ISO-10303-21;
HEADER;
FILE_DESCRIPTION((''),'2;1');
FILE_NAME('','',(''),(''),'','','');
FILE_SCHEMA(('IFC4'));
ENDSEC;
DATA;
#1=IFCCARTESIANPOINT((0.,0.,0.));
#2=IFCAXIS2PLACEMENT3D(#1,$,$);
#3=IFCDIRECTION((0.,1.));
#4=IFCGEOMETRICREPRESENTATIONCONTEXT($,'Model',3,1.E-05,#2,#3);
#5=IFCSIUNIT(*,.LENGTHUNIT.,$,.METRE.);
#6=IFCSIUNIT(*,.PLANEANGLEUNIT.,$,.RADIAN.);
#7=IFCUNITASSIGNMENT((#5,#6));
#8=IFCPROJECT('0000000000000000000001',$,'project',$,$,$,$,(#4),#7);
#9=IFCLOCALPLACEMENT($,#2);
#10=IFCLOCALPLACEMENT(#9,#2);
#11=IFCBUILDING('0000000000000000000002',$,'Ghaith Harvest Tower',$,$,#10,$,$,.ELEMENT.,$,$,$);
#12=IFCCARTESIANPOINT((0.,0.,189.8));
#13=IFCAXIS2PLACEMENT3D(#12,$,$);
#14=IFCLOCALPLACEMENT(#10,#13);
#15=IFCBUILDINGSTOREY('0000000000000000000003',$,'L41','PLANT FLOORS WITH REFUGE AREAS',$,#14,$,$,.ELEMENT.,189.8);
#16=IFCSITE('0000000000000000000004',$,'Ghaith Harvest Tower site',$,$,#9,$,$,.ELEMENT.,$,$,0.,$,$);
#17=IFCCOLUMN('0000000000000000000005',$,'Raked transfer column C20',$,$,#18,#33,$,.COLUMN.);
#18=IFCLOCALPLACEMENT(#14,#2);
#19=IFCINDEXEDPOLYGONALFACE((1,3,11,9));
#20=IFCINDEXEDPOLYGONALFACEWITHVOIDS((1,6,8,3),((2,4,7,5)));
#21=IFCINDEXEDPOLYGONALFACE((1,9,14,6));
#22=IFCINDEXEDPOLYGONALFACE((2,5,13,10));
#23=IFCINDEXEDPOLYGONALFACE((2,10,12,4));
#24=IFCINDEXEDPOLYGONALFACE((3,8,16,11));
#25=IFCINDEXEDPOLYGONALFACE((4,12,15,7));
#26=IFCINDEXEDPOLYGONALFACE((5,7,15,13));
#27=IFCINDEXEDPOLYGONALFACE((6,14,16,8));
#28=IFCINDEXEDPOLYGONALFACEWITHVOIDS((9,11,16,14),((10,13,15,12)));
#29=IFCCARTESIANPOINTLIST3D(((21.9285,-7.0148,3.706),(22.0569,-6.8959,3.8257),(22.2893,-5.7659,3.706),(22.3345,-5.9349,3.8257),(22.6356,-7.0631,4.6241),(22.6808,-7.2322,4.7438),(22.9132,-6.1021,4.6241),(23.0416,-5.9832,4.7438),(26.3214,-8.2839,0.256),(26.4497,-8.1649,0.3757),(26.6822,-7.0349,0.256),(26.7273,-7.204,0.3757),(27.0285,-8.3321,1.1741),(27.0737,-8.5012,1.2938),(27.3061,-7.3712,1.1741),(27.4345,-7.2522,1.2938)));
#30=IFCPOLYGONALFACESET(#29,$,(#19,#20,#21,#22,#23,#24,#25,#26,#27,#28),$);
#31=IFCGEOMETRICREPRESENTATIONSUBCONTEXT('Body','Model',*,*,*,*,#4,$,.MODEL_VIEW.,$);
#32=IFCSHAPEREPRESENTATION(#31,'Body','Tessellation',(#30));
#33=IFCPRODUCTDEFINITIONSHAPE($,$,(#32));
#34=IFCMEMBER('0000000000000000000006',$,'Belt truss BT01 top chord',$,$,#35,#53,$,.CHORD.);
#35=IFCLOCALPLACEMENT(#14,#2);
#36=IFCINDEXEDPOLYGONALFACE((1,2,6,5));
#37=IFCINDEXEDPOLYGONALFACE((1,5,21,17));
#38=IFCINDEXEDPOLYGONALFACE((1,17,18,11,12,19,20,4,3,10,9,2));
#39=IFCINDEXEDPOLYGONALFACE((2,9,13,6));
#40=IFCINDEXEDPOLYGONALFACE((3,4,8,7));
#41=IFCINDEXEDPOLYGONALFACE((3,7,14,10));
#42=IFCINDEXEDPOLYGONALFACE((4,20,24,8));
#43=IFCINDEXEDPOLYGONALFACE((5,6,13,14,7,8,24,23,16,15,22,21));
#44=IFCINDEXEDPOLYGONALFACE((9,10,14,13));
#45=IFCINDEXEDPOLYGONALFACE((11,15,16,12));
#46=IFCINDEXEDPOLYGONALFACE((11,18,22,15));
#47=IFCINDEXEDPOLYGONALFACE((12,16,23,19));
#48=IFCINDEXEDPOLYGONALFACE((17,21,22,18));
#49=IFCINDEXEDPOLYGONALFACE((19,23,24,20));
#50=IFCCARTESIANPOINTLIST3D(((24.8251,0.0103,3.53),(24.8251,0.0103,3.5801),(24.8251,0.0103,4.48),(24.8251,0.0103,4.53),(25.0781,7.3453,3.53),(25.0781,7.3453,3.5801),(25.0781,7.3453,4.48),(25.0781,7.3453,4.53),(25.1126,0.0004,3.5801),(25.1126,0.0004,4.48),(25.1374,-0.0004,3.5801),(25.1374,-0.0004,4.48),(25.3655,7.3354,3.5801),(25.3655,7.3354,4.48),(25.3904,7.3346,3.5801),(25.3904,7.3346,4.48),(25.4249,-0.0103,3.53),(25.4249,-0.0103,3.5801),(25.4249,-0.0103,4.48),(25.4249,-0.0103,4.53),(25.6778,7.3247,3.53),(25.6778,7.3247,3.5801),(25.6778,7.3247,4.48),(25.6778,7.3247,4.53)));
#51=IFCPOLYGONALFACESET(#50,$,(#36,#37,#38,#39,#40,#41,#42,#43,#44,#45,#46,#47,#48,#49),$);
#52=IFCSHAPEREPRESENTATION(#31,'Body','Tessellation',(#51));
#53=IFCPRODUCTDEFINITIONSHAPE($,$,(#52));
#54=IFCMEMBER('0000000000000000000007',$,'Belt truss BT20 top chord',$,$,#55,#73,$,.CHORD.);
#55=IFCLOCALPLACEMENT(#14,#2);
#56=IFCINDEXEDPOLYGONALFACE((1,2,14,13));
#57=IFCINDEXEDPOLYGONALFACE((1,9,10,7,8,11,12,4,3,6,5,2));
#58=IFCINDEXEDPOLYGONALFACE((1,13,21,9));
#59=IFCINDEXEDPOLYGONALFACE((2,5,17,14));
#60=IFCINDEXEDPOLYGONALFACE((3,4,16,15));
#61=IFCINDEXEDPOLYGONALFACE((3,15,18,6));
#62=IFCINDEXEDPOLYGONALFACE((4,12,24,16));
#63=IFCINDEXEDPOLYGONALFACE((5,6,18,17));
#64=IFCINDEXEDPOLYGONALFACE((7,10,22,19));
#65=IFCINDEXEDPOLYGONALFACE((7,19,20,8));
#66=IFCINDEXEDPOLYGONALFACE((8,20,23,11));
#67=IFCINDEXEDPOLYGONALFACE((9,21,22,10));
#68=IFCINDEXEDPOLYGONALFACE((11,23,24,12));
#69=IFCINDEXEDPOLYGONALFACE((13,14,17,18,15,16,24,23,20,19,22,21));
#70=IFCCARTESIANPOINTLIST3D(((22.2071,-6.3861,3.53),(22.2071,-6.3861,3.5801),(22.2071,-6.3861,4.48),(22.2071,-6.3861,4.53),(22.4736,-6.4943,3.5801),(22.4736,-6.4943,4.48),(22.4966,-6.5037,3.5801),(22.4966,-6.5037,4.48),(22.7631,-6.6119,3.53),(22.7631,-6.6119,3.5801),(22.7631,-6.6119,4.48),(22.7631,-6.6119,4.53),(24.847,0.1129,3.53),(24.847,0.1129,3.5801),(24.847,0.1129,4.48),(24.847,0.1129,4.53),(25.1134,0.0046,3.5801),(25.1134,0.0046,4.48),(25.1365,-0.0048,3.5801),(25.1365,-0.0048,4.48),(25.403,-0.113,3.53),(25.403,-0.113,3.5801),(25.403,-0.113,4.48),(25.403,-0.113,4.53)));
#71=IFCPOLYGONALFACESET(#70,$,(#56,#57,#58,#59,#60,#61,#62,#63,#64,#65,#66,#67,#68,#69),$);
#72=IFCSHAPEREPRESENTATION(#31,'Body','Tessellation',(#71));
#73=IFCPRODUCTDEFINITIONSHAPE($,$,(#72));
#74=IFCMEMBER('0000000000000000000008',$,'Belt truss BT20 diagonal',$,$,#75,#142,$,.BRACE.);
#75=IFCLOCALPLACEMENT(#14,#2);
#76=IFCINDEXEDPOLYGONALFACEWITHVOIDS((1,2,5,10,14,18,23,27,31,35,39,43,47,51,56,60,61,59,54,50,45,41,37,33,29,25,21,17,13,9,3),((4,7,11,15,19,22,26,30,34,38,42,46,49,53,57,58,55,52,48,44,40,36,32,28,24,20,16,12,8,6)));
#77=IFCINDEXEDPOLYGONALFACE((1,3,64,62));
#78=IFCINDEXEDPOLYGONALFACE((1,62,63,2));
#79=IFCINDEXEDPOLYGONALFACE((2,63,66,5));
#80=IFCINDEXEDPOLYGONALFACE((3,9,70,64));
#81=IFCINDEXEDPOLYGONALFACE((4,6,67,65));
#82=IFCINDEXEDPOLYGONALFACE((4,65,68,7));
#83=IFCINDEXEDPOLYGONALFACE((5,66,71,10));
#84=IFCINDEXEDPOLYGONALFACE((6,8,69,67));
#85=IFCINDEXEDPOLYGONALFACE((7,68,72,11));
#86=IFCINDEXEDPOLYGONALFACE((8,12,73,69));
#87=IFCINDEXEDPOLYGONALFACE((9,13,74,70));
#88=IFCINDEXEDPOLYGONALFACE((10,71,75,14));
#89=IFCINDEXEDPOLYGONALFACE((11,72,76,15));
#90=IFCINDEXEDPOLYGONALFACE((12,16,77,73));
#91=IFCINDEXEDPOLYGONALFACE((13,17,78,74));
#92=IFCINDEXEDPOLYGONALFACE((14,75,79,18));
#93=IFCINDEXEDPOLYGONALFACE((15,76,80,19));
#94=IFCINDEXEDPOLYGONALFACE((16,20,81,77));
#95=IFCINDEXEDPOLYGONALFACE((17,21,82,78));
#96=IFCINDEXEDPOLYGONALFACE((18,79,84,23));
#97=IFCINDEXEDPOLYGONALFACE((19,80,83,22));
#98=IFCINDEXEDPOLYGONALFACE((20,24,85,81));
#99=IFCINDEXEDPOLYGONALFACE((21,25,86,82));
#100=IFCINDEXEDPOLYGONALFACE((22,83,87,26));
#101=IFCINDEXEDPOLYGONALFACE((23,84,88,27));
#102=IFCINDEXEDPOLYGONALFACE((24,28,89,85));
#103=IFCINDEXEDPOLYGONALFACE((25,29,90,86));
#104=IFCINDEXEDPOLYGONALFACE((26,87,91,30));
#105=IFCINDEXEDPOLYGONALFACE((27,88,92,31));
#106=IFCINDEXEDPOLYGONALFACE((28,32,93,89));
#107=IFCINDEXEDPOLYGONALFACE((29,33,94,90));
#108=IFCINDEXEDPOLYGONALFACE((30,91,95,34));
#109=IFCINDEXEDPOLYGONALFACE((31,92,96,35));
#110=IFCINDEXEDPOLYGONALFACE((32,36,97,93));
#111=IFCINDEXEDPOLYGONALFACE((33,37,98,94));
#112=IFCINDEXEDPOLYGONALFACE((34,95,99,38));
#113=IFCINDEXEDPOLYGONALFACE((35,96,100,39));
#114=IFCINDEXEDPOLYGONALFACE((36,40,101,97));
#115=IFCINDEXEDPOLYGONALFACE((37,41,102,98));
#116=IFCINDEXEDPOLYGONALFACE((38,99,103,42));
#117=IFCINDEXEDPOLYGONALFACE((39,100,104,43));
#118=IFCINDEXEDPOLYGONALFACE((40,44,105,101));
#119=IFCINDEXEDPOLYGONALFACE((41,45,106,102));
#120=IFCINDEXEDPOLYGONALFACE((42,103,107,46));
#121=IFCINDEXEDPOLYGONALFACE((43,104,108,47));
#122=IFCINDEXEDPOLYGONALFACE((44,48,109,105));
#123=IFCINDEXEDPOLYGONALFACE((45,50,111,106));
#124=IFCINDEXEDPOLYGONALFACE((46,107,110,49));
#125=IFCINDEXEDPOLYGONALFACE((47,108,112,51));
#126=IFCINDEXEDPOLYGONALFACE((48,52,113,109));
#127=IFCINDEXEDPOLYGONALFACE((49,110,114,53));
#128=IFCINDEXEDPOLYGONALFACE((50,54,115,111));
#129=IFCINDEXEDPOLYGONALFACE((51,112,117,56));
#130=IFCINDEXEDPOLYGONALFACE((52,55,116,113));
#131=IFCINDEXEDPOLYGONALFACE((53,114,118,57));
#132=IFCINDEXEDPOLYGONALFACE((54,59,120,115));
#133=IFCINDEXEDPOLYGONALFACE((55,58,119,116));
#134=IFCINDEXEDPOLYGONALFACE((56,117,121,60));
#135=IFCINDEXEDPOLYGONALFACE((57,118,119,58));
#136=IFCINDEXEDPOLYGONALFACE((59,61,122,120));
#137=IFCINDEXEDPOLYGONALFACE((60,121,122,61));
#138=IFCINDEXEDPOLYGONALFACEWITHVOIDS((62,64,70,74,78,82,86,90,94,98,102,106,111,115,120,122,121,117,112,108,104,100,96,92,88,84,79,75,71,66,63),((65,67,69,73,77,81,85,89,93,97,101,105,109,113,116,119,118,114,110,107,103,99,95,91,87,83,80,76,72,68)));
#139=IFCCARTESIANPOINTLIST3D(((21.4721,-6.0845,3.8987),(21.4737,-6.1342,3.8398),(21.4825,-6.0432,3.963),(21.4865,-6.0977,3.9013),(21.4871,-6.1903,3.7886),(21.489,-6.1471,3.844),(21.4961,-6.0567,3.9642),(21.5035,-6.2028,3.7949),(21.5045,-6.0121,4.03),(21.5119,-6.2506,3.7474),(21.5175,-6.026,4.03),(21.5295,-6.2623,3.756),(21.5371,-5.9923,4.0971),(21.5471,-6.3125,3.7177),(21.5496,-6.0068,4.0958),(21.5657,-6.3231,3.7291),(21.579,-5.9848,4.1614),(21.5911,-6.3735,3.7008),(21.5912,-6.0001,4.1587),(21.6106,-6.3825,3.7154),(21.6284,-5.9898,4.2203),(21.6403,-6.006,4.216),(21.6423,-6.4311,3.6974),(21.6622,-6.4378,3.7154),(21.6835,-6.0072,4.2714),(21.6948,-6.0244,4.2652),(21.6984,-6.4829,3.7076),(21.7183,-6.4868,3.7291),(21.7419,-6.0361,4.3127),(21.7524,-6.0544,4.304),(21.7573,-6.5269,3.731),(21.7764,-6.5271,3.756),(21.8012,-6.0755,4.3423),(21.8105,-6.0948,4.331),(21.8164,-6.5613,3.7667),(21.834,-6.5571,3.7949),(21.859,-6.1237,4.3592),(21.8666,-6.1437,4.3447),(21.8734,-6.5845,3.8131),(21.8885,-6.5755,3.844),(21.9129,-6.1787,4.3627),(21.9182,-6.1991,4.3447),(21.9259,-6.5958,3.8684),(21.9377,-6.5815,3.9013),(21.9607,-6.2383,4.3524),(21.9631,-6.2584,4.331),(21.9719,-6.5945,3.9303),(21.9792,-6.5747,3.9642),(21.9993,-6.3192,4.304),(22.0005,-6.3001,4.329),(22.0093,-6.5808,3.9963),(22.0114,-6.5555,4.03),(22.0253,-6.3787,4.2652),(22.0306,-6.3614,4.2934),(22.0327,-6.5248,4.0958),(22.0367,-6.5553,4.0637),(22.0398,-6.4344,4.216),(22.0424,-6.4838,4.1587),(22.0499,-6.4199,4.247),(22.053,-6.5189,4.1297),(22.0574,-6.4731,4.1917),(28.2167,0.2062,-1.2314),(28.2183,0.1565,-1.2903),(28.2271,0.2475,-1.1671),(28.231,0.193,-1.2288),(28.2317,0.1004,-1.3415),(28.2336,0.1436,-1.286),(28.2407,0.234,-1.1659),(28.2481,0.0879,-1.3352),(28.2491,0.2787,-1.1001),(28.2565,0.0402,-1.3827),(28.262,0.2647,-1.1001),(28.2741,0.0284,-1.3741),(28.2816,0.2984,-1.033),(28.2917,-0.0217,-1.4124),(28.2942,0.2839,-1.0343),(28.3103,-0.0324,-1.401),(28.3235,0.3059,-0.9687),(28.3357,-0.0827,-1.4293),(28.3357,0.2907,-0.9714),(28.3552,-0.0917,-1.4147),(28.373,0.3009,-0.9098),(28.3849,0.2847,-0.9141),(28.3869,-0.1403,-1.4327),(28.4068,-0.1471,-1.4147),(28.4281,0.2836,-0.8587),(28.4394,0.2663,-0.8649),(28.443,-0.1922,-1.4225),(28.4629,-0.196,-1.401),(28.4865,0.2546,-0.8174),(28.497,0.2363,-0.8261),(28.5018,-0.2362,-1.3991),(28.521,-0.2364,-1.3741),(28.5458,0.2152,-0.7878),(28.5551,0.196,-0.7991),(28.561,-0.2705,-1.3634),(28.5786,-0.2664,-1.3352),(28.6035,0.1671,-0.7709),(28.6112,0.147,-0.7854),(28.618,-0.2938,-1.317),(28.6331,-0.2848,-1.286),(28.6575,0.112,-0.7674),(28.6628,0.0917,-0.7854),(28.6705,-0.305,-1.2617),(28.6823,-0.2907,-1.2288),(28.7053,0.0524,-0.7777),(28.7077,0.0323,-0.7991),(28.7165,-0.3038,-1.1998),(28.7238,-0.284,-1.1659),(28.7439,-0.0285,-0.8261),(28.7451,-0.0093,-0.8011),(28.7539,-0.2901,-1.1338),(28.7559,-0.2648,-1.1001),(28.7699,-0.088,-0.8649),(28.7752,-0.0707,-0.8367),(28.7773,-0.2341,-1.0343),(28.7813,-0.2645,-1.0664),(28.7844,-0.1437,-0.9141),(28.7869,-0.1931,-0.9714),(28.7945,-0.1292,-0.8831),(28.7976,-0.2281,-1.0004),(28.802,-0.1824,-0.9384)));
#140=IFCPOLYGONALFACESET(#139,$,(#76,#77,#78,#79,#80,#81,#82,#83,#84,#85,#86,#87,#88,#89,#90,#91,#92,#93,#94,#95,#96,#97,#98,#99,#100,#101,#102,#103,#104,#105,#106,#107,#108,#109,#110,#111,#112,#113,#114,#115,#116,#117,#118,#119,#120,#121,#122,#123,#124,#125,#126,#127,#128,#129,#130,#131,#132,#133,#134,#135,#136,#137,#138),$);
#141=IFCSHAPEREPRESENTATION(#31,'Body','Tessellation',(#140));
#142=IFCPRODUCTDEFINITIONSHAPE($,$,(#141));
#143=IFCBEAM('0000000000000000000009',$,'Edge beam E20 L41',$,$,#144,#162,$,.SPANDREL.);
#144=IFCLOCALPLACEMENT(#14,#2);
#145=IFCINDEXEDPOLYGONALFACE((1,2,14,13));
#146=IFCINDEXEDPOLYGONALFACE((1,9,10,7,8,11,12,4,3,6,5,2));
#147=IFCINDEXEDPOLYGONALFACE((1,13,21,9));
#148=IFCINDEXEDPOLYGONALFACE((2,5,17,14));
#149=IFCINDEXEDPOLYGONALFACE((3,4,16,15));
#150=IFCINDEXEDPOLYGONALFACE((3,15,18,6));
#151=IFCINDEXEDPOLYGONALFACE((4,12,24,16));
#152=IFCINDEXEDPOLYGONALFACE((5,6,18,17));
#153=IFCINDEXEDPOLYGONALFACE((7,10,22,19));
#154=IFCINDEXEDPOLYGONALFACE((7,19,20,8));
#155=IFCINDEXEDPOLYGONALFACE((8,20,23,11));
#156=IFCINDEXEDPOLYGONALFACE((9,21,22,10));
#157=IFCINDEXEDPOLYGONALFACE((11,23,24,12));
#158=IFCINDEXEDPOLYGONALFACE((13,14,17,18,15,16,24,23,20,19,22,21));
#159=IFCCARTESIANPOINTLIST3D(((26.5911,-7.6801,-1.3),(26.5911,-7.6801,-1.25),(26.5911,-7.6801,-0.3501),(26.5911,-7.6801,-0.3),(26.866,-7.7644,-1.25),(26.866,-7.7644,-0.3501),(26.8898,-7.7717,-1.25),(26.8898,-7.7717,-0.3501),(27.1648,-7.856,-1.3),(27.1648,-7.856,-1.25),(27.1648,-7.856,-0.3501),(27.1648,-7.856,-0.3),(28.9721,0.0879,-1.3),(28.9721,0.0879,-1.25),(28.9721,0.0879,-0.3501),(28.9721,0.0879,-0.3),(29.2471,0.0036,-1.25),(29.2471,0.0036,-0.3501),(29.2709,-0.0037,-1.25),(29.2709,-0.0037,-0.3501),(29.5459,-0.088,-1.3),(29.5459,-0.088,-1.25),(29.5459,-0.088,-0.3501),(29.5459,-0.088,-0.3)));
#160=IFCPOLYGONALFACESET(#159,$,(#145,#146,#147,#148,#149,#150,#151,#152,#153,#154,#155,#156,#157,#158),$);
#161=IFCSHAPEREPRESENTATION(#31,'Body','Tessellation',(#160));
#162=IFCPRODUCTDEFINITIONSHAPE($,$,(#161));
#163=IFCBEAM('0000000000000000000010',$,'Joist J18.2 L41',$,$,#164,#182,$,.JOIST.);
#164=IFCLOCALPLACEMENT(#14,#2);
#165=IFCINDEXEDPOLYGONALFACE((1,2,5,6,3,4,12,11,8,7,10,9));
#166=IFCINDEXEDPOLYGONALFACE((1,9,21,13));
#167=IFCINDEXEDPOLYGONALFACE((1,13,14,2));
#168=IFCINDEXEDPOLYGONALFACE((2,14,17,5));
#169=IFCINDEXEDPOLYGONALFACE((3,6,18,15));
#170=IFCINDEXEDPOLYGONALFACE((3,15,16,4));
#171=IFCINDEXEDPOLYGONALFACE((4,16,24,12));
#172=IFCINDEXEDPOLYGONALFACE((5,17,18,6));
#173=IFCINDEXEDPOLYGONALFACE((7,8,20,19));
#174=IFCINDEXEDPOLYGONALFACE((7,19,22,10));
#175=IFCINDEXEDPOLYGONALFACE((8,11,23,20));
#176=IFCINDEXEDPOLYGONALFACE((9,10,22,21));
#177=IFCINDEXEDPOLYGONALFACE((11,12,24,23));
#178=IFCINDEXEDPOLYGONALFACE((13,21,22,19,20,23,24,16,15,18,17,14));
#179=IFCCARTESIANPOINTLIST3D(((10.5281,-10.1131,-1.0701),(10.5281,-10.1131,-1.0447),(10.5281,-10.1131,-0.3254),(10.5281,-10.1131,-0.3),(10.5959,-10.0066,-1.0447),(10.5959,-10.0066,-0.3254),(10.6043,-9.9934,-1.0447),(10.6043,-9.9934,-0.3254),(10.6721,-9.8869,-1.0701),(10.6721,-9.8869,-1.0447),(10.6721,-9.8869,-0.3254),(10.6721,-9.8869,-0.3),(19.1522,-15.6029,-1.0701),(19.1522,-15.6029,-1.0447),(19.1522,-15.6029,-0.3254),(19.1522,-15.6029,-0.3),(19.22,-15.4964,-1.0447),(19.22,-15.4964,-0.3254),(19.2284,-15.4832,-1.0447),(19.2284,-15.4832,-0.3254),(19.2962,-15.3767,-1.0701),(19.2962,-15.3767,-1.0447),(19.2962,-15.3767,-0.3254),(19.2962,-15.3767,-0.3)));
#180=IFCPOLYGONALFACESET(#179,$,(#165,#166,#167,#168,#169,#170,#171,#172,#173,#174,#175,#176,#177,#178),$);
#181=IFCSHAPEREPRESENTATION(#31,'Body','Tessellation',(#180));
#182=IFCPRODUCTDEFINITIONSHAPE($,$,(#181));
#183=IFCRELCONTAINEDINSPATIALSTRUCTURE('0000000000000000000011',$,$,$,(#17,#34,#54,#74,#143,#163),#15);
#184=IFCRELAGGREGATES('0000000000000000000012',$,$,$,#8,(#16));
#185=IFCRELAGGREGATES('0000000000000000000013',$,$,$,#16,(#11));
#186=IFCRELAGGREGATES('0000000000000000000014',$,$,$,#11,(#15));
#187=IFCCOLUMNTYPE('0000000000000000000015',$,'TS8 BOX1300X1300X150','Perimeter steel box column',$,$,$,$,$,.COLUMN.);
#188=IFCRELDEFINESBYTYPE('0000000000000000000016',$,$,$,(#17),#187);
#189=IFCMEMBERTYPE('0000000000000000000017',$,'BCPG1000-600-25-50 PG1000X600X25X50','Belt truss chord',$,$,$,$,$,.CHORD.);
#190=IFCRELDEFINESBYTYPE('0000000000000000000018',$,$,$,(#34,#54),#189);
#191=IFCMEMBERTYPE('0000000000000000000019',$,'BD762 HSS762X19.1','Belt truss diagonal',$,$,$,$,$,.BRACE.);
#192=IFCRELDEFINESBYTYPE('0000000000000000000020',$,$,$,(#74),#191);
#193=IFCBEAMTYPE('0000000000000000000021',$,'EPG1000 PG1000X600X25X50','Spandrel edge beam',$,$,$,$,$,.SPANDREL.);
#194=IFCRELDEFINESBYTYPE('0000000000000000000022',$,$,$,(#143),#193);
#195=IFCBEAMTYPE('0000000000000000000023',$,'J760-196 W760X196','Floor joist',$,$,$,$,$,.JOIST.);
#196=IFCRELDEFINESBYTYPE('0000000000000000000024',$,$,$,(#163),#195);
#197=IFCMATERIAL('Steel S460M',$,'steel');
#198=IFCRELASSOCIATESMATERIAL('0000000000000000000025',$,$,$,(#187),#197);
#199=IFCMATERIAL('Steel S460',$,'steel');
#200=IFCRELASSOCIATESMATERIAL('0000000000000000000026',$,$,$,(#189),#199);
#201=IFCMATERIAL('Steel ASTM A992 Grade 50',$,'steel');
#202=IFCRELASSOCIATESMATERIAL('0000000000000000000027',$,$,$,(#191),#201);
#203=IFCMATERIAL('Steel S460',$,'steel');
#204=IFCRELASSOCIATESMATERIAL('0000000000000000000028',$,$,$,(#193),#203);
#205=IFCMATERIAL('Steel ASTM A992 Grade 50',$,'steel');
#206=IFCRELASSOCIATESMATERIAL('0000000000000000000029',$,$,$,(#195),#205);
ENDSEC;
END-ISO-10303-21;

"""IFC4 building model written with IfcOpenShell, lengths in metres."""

from ifc_helpers import new_model, si_unit, direction, frame, origin, origin_2d, place, context, subcontext, project, spatial, hollow_rectangle, hollow_circle, i_section, extrude, material, material_profile, profile_set, type_object, element, save


model = new_model("IFC4")

# Units and contexts
model_context = context("Model", 3, precision=1e-05, world=origin(), true_north=direction((0.0, 1.0)))
body_context = subcontext(model_context, "Body", "Model", "MODEL_VIEW")
ifc_project = project(units=[si_unit("LENGTHUNIT", "METRE"), si_unit("PLANEANGLEUNIT", "RADIAN")], contexts=[model_context])

# Site, building, storey
site_placement = place(None, origin())
site = spatial("IfcSite", under=ifc_project, at=site_placement, Name="Ghaith Harvest Tower site", CompositionType="ELEMENT", RefElevation=0.0)
building_placement = place(site_placement, origin())
building = spatial("IfcBuilding", under=site, at=building_placement, Name="Ghaith Harvest Tower", CompositionType="ELEMENT")
storey_placement = place(building_placement, frame((0.0, 0.0, 189.8)))
storey = spatial("IfcBuildingStorey", under=building, at=storey_placement, Name="L41", Description="PLANT FLOORS WITH REFUGE AREAS", CompositionType="ELEMENT", Elevation=189.8)

# Column
ifc_material_1 = material(Name="Steel S460M", Category="steel")
ifc_material_profile_1 = material_profile(ifc_material_1, hollow_rectangle(XDim=1.3, YDim=1.3, WallThickness=0.1499, at=origin_2d()), Name="BOX1300X1300X150")
ifc_profile_set_1 = profile_set([ifc_material_profile_1], Name="Steel S460M")
column_type = type_object("IfcColumnType", Name="TS8 BOX1300X1300X150", Description="Perimeter steel box column", PredefinedType="COLUMN", material=ifc_profile_set_1)
column_placement = place(storey_placement, frame((26.8779, -7.7681, 0.7749), z_axis=(-0.766909, 0.221552, 0.6023), x_axis=(-0.277541, -0.960714, 0.0)))
element("IfcColumn", 1, at=column_placement, inside=storey, type_object=column_type, Name="Raked transfer column C20", PredefinedType="COLUMN", context=body_context, shape_type="SweptSolid", body=[
    extrude(hollow_rectangle(XDim=1.3, YDim=1.3, WallThickness=0.1499, at=origin_2d()), origin(), (0.0, 0.0, 1.0), 5.728),
])

# Members
ifc_material_2 = material(Name="Steel S460", Category="steel")
ifc_material_profile_2 = material_profile(ifc_material_2, i_section(OverallWidth=0.6001, OverallDepth=1.0, WebThickness=0.0249, FlangeThickness=0.05, at=origin_2d()), Name="PG1000X600X25X50")
ifc_profile_set_2 = profile_set([ifc_material_profile_2], Name="Steel S460")
member_type_1 = type_object("IfcMemberType", Name="BCPG1000-600-25-50 PG1000X600X25X50", Description="Belt truss chord", PredefinedType="CHORD", material=ifc_profile_set_2)
member_1_placement = place(storey_placement, frame((25.125, 0.0, 4.03), z_axis=(0.034462, 0.999406, 0.0), x_axis=(-0.999406, 0.034462, 0.0)))
element("IfcMember", 2, at=member_1_placement, inside=storey, type_object=member_type_1, Name="Belt truss BT01 top chord", PredefinedType="CHORD", context=body_context, shape_type="SweptSolid", body=[
    extrude(i_section(OverallWidth=0.6001, OverallDepth=1.0, WebThickness=0.0249, FlangeThickness=0.05, at=origin_2d()), origin(), (0.0, 0.0, 1.0), 7.3394),
])
member_2_placement = place(storey_placement, frame((22.4851, -6.499, 4.03), z_axis=(0.376336, 0.926483, 0.0), x_axis=(-0.926483, 0.376336, 0.0)))
element("IfcMember", 3, at=member_2_placement, inside=storey, type_object=member_type_1, Name="Belt truss BT20 top chord", PredefinedType="CHORD", context=body_context, shape_type="SweptSolid", body=[
    extrude(i_section(OverallWidth=0.6001, OverallDepth=1.0, WebThickness=0.0249, FlangeThickness=0.05, at=origin_2d()), origin(), (0.0, 0.0, 1.0), 7.0146),
])
ifc_material_3 = material(Name="Steel ASTM A992 Grade 50", Category="steel")
ifc_material_profile_3 = material_profile(ifc_material_3, hollow_circle(Radius=0.3811, WallThickness=0.019, at=origin_2d()), Name="HSS762X19.1")
ifc_profile_set_3 = profile_set([ifc_material_profile_3], Name="Steel ASTM A992 Grade 50")
member_type_2 = type_object("IfcMemberType", Name="BD762 HSS762X19.1", Description="Belt truss diagonal", PredefinedType="BRACE", material=ifc_profile_set_3)
member_3_placement = place(storey_placement, frame((21.7644, -6.2908, 4.03), z_axis=(0.639073, 0.596069, -0.486094), x_axis=(-0.682074, 0.731283, 0.0)))
element("IfcMember", 4, at=member_3_placement, inside=storey, type_object=member_type_2, Name="Belt truss BT20 diagonal", PredefinedType="BRACE", context=body_context, shape_type="SweptSolid", body=[
    extrude(hollow_circle(Radius=0.3811, WallThickness=0.019, at=origin_2d()), origin(), (0.0, 0.0, 1.0), 10.5537),
])

# Beams
ifc_material_4 = material(Name="Steel S460", Category="steel")
ifc_material_profile_4 = material_profile(ifc_material_4, i_section(OverallWidth=0.6001, OverallDepth=1.0, WebThickness=0.0249, FlangeThickness=0.05, at=origin_2d()), Name="PG1000X600X25X50")
ifc_profile_set_4 = profile_set([ifc_material_profile_4], Name="Steel S460")
beam_type_1 = type_object("IfcBeamType", Name="EPG1000 PG1000X600X25X50", Description="Spandrel edge beam", PredefinedType="SPANDREL", material=ifc_profile_set_4)
beam_1_placement = place(storey_placement, frame((26.8779, -7.7681, -0.8), z_axis=(0.293066, 0.956092, 0.0), x_axis=(-0.956092, 0.293066, 0.0)))
element("IfcBeam", 5, at=beam_1_placement, inside=storey, type_object=beam_type_1, Name="Edge beam E20 L41", PredefinedType="SPANDREL", context=body_context, shape_type="SweptSolid", body=[
    extrude(i_section(OverallWidth=0.6001, OverallDepth=1.0, WebThickness=0.0249, FlangeThickness=0.05, at=origin_2d()), origin(), (0.0, 0.0, 1.0), 8.1248),
])
ifc_material_5 = material(Name="Steel ASTM A992 Grade 50", Category="steel")
ifc_material_profile_5 = material_profile(ifc_material_5, i_section(OverallWidth=0.2681, OverallDepth=0.77, WebThickness=0.0156, FlangeThickness=0.0254, at=origin_2d()), Name="W760X196")
ifc_profile_set_5 = profile_set([ifc_material_profile_5], Name="Steel ASTM A992 Grade 50")
beam_type_2 = type_object("IfcBeamType", Name="J760-196 W760X196", Description="Floor joist", PredefinedType="JOIST", material=ifc_profile_set_5)
beam_2_placement = place(storey_placement, frame((10.6001, -10.0, -0.6851), z_axis=(0.843585, -0.536996, 0.0), x_axis=(0.536996, 0.843585, 0.0)))
element("IfcBeam", 6, at=beam_2_placement, inside=storey, type_object=beam_type_2, Name="Joist J18.2 L41", PredefinedType="JOIST", context=body_context, shape_type="SweptSolid", body=[
    extrude(i_section(OverallWidth=0.2681, OverallDepth=0.77, WebThickness=0.0156, FlangeThickness=0.0254, at=origin_2d()), origin(), (0.0, 0.0, 1.0), 10.2231),
])

save(model, "model.ifc")
